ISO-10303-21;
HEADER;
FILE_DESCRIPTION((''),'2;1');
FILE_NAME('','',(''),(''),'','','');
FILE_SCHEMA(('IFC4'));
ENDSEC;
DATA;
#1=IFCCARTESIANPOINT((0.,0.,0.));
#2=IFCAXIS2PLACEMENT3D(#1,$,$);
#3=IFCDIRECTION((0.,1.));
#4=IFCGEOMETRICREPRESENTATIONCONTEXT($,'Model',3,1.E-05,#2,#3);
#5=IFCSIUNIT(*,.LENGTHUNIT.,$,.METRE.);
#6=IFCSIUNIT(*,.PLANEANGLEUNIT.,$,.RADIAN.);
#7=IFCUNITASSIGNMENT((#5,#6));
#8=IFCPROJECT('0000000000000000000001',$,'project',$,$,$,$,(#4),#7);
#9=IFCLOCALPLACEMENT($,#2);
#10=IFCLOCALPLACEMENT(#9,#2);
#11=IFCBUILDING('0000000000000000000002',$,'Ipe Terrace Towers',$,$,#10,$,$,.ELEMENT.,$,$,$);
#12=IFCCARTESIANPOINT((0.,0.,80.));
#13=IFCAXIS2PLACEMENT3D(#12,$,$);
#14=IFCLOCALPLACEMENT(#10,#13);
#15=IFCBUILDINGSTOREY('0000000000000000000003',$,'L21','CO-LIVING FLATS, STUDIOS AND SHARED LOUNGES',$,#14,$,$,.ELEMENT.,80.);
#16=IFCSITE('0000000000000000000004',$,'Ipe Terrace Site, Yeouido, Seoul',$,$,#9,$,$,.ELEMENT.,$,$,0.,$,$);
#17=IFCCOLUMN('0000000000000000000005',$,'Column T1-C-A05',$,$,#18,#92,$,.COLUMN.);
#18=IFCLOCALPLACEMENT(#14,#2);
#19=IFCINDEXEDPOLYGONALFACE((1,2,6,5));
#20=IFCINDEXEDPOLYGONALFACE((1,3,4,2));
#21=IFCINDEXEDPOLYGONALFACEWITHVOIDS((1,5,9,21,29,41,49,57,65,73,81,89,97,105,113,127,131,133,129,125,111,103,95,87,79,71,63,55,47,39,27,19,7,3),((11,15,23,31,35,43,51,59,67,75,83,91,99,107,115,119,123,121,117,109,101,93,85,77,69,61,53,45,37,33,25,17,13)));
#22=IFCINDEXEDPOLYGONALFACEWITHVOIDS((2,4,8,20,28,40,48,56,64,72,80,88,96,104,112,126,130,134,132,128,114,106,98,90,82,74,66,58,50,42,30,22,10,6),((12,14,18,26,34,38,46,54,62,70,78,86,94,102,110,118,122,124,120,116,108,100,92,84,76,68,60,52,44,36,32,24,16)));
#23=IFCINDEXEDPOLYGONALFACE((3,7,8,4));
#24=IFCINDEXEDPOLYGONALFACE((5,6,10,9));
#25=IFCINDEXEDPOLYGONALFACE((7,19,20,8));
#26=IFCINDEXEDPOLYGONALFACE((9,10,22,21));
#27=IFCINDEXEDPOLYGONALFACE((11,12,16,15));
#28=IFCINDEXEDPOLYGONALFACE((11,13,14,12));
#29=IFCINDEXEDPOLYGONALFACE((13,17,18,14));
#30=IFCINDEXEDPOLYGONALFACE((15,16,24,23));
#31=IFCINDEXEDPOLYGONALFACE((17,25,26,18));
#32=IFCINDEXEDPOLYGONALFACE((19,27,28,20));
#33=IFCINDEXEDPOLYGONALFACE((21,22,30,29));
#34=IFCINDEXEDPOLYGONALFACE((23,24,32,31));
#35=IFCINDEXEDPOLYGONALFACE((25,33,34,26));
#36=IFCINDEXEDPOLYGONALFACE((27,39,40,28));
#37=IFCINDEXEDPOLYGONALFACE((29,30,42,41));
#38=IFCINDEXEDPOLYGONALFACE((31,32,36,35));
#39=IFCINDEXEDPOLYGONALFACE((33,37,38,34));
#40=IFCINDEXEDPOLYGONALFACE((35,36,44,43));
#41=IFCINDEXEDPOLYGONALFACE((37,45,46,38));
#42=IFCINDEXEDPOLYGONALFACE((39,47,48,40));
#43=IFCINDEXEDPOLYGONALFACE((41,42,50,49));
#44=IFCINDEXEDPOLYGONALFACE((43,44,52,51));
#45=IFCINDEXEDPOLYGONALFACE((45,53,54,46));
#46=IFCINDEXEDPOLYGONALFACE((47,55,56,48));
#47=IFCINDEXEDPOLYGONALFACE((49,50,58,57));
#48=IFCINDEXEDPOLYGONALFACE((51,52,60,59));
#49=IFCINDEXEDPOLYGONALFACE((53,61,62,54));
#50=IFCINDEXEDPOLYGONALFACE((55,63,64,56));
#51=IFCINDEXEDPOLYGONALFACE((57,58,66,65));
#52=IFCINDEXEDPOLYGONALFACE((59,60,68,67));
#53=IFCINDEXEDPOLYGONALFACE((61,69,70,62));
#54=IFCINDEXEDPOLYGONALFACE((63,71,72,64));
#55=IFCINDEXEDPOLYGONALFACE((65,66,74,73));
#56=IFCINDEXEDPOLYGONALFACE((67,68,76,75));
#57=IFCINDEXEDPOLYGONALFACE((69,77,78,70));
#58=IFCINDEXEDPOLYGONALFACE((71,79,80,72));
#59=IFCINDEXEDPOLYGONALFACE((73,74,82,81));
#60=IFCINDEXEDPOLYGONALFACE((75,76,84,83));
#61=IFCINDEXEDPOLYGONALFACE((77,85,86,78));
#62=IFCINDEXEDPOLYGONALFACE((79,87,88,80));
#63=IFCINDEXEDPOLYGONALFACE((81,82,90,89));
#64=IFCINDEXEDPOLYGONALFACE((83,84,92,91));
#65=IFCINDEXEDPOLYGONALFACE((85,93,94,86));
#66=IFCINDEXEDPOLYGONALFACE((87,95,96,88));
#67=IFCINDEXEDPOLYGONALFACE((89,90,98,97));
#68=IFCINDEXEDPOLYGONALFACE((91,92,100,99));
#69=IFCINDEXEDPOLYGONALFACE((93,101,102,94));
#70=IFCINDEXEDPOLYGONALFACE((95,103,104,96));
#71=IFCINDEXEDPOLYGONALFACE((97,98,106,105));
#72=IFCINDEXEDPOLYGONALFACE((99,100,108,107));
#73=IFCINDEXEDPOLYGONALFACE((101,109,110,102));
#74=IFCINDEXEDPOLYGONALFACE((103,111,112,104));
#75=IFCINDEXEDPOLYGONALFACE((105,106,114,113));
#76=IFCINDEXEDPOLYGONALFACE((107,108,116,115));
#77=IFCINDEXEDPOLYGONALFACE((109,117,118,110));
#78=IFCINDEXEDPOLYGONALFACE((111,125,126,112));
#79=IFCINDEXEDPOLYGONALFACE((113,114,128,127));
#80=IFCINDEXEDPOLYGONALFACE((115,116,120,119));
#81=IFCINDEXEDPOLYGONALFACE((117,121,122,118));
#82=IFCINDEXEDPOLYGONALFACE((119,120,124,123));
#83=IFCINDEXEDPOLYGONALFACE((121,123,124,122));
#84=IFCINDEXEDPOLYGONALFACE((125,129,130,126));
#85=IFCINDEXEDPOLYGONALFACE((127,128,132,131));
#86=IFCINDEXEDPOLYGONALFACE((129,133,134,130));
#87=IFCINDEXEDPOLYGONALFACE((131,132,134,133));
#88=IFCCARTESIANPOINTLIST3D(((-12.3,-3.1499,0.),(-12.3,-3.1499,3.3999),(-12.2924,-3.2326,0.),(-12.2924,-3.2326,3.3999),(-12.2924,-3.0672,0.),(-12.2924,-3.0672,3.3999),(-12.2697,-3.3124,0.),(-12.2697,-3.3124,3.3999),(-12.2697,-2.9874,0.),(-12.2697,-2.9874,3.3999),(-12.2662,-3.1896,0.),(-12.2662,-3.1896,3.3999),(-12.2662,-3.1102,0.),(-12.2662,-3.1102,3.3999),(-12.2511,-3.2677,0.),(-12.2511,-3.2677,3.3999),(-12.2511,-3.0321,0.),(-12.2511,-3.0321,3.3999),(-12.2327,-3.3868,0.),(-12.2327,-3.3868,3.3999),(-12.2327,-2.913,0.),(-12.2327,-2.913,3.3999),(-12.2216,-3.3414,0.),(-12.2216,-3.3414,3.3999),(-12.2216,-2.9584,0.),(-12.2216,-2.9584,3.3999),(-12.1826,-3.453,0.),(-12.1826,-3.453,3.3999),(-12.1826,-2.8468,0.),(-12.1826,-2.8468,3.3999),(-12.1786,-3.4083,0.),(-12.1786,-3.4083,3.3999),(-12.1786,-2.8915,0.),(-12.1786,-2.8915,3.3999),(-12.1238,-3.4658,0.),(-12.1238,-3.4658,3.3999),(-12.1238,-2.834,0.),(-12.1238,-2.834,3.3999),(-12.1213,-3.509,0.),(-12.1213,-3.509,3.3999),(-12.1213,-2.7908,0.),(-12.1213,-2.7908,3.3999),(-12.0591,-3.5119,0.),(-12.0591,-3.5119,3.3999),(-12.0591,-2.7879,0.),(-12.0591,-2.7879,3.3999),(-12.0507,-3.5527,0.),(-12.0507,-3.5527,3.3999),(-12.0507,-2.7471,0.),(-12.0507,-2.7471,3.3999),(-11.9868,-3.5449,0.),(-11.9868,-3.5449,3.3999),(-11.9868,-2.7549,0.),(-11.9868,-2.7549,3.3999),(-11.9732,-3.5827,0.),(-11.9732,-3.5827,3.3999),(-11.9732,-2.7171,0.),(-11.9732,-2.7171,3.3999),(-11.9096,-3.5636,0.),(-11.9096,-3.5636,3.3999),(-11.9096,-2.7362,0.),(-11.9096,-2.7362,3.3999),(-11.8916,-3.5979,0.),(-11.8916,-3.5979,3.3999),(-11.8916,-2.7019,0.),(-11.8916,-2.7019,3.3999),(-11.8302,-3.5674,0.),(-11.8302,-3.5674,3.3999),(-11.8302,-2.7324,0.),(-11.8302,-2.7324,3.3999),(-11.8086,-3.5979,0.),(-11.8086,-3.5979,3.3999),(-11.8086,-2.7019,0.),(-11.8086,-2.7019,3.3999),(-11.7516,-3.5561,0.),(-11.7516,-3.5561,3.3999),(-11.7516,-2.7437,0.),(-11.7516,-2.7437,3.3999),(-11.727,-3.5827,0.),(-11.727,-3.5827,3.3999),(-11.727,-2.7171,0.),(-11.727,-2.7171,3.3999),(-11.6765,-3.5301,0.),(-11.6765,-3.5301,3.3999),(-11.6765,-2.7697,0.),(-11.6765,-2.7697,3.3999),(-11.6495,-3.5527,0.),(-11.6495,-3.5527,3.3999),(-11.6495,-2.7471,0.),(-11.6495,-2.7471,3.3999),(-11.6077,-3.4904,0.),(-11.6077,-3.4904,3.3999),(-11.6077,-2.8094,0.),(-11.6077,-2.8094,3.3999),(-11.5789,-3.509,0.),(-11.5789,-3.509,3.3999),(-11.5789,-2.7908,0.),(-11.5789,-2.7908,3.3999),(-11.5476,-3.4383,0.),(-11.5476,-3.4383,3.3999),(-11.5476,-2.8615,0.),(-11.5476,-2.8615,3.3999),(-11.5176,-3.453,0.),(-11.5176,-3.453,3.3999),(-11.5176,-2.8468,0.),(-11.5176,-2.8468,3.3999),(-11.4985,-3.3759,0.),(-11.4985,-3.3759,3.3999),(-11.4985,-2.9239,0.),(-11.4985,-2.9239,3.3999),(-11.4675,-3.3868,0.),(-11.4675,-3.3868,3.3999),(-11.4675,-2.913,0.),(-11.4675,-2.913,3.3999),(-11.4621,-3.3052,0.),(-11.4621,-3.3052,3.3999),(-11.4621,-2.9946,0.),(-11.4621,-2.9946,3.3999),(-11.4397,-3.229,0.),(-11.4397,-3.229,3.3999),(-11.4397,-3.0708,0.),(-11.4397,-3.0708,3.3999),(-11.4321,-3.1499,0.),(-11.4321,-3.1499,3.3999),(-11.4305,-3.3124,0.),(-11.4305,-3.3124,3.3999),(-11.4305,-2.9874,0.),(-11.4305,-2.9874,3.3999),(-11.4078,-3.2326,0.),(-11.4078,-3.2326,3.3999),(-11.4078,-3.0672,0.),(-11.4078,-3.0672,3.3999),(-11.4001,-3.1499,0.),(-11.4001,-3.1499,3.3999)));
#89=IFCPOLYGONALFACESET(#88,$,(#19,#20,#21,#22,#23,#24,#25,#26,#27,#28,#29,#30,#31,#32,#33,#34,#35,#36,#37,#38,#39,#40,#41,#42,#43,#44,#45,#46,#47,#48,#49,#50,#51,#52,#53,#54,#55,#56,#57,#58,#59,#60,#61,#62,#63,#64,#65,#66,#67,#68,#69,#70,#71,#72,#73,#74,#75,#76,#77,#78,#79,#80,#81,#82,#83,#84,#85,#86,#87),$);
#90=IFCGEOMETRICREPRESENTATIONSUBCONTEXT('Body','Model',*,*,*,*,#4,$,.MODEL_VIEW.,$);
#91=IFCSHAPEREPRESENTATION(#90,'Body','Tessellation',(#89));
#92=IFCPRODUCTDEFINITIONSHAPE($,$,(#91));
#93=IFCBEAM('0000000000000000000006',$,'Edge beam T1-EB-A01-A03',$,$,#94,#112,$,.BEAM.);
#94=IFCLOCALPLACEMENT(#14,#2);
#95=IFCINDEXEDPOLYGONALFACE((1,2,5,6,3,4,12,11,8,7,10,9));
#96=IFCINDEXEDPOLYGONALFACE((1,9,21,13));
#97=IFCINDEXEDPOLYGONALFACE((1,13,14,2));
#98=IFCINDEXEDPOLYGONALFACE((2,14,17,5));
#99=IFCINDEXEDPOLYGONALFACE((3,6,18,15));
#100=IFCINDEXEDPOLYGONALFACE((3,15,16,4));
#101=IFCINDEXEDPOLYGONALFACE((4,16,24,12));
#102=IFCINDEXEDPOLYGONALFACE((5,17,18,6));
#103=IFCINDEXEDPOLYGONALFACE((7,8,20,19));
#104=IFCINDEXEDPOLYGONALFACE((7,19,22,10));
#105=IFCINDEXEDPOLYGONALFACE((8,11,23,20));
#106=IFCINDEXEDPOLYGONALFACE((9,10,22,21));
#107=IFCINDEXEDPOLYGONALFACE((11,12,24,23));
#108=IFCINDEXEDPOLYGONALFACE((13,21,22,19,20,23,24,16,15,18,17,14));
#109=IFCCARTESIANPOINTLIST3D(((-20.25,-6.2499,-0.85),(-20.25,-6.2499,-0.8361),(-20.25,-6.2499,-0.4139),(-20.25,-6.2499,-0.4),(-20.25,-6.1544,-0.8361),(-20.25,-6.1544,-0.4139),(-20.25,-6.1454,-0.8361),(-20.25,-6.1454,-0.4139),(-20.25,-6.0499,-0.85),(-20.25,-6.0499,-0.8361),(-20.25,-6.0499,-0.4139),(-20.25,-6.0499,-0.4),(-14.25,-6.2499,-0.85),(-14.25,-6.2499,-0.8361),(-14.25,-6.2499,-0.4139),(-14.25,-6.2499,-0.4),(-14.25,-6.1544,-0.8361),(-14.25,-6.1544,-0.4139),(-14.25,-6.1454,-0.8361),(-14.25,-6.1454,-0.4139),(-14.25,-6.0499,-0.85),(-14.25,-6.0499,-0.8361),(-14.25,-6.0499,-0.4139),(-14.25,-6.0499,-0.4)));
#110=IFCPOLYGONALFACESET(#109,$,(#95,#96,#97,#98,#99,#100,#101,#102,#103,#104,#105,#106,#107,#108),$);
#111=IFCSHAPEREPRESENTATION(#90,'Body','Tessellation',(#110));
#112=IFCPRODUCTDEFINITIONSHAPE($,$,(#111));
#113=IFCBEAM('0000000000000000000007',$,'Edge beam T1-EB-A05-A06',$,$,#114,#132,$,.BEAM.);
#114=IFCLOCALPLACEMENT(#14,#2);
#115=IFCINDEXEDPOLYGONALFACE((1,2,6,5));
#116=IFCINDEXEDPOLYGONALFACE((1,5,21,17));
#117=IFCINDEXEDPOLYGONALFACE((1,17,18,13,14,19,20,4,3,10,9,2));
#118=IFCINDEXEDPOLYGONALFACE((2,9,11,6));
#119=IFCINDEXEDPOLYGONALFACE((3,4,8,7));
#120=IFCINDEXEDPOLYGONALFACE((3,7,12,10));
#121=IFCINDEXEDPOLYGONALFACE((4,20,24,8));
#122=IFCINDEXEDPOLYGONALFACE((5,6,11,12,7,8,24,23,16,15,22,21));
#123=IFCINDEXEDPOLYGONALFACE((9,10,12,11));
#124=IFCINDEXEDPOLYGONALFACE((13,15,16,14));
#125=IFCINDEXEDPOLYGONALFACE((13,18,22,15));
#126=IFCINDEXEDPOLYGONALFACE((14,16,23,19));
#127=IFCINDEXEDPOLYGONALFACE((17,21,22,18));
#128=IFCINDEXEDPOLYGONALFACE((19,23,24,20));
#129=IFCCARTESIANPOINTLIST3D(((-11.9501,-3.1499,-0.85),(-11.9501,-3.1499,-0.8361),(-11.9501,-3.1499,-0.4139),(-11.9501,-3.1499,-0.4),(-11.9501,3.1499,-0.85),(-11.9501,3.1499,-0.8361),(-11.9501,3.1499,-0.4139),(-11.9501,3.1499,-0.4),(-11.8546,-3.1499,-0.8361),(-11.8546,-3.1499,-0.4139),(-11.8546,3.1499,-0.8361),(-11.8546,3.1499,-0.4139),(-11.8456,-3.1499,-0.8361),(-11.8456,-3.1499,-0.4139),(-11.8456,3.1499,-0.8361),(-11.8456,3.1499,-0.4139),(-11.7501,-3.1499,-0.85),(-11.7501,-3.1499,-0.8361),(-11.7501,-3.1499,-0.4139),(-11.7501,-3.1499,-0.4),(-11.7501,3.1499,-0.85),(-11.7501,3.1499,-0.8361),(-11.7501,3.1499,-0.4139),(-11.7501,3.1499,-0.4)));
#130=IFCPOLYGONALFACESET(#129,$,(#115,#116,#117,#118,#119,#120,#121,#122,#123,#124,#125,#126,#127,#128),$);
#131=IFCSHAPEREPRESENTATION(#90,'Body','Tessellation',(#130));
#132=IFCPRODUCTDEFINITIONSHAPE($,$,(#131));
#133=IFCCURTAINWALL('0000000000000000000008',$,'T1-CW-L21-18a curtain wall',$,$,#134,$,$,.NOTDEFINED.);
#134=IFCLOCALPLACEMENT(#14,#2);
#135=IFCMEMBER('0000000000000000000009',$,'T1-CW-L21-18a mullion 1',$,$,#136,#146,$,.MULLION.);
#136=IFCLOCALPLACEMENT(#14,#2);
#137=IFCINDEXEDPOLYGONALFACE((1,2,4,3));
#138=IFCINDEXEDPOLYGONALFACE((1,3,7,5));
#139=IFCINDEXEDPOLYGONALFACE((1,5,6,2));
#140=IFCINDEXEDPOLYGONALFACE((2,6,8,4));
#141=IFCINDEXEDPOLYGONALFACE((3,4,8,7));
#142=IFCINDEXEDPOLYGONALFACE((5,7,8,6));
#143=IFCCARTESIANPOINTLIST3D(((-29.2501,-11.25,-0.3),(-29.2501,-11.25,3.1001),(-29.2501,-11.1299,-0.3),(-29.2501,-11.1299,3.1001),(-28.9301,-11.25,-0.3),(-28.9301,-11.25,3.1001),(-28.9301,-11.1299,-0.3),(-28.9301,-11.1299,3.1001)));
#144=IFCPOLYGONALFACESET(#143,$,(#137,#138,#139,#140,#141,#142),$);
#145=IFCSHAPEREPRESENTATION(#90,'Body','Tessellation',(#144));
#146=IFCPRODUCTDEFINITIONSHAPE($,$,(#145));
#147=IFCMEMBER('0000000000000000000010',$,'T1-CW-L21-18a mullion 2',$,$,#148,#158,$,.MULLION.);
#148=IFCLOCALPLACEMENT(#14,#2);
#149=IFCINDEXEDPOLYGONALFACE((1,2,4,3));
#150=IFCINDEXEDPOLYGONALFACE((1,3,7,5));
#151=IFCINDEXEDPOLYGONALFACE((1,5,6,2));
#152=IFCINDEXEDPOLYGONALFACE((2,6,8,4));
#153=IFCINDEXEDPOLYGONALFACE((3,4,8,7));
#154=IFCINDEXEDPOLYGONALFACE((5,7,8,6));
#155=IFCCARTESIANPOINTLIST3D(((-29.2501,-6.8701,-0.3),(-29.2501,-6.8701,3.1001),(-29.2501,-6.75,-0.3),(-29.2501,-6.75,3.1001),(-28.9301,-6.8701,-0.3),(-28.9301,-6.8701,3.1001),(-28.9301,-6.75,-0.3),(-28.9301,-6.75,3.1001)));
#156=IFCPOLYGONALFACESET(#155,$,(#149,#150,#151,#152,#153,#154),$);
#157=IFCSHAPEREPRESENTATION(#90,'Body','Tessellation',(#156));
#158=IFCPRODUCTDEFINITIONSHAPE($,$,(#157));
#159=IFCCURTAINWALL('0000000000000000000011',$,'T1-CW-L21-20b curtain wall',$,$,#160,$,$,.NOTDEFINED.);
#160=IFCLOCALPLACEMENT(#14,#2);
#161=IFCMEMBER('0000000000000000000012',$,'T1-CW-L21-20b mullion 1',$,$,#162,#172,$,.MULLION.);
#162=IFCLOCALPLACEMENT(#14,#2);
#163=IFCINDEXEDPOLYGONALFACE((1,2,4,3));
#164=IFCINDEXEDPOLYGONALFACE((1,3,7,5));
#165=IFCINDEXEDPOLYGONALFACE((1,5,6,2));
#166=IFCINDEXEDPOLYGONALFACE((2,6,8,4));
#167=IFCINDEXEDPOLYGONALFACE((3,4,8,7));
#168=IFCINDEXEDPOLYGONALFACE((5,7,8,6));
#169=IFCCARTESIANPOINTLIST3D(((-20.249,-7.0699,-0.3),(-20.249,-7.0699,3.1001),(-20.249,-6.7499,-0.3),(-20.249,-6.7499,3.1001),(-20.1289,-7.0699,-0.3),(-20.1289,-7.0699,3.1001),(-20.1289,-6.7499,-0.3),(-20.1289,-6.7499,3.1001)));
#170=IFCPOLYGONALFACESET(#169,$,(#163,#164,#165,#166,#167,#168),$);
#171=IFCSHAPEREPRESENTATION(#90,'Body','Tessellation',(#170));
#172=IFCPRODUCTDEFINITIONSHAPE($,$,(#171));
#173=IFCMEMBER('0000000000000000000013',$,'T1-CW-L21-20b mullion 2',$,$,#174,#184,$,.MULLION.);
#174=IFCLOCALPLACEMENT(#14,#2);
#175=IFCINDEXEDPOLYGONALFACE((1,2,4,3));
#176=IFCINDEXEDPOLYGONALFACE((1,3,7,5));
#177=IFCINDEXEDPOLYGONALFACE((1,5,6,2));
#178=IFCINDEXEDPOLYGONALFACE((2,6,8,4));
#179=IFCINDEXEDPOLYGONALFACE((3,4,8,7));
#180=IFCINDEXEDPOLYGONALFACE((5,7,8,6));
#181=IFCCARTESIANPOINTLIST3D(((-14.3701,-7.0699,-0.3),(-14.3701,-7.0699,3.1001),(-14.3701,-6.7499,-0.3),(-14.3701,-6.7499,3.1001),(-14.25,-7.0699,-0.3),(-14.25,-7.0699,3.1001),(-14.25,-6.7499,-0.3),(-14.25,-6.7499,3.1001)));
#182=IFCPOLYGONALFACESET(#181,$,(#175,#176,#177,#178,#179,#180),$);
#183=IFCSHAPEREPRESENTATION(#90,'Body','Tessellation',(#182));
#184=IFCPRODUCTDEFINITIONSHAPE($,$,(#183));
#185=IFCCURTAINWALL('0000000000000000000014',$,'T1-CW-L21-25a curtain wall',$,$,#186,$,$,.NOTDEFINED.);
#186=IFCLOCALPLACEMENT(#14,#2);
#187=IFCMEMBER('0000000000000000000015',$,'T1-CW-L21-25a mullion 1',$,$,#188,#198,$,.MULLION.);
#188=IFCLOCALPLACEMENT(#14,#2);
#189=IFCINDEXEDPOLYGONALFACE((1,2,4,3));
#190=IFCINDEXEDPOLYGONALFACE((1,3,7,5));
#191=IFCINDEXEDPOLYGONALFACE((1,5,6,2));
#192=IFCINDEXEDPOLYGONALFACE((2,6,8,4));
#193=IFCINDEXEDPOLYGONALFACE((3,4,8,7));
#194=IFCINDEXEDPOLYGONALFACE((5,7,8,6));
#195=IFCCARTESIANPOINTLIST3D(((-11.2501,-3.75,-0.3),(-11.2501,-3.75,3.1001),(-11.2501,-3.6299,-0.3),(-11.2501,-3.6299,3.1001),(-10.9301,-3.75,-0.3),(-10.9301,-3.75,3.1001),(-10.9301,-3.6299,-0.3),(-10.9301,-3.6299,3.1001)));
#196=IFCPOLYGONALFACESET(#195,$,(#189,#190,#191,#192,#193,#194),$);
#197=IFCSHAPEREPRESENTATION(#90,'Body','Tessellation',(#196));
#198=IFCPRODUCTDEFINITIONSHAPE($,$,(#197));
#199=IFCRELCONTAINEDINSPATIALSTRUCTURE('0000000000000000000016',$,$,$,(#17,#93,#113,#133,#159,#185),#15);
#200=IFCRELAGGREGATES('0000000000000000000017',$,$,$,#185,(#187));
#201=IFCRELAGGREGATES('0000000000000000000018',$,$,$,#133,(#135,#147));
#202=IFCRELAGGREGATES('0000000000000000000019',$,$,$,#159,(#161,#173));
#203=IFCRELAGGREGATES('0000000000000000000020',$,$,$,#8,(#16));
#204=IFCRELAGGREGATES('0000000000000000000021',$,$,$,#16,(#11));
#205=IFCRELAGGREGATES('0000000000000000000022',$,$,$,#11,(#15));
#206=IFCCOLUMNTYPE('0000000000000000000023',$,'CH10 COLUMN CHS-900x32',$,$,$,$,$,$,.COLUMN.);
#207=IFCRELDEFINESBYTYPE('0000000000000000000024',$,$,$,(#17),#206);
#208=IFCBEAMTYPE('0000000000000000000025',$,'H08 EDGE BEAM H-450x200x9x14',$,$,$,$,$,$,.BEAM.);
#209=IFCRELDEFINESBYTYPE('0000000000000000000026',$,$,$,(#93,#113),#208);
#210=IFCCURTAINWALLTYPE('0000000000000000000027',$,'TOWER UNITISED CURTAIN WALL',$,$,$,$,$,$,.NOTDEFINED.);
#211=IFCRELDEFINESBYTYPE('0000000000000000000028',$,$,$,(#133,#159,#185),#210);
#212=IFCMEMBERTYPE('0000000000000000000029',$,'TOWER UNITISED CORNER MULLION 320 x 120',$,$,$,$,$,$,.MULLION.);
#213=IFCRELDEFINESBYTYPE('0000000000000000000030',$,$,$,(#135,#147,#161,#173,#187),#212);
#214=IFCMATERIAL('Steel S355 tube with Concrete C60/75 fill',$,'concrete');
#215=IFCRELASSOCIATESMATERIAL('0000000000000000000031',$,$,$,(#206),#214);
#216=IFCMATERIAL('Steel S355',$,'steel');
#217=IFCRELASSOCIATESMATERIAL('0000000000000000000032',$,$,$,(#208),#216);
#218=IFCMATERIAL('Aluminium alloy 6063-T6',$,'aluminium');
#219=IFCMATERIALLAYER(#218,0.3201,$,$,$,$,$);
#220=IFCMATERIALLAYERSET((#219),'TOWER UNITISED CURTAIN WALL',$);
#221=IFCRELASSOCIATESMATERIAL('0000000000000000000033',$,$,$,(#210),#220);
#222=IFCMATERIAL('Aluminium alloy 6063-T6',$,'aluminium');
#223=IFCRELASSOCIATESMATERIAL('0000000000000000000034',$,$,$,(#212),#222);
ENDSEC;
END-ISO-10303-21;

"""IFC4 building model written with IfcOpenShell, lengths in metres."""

from ifc_helpers import new_model, si_unit, direction, frame, origin, origin_2d, place, context, subcontext, project, spatial, rectangle, hollow_circle, i_section, extrude, material, layer, layer_set, material_profile, profile_set, type_object, element, aggregate, save


model = new_model("IFC4")

# Units and contexts
model_context = context("Model", 3, precision=1e-05, world=origin(), true_north=direction((0.0, 1.0)))
body_context = subcontext(model_context, "Body", "Model", "MODEL_VIEW")
ifc_project = project(units=[si_unit("LENGTHUNIT", "METRE"), si_unit("PLANEANGLEUNIT", "RADIAN")], contexts=[model_context])

# Site, building, storey
site_placement = place(None, origin())
site = spatial("IfcSite", under=ifc_project, at=site_placement, Name="Ipe Terrace Site, Yeouido, Seoul", CompositionType="ELEMENT", RefElevation=0.0)
building_placement = place(site_placement, origin())
building = spatial("IfcBuilding", under=site, at=building_placement, Name="Ipe Terrace Towers", CompositionType="ELEMENT")
storey_placement = place(building_placement, frame((0.0, 0.0, 80.0)))
storey = spatial("IfcBuildingStorey", under=building, at=storey_placement, Name="L21", Description="CO-LIVING FLATS, STUDIOS AND SHARED LOUNGES", CompositionType="ELEMENT", Elevation=80.0)

# Column
ifc_material_1 = material(Name="Steel S355 tube with Concrete C60/75 fill", Category="concrete")
ifc_material_profile_1 = material_profile(ifc_material_1, hollow_circle(Radius=0.45, WallThickness=0.032, at=origin_2d()), Name="CHS-900x32")
ifc_profile_set_1 = profile_set([ifc_material_profile_1], Name="Steel S355 tube with Concrete C60/75 fill")
column_type = type_object("IfcColumnType", Name="CH10 COLUMN CHS-900x32", PredefinedType="COLUMN", material=ifc_profile_set_1)
for number, where, z_axis, x_axis, name in (
    (1, (-11.8501, -3.1499, 0.0), (0.0, 0.0, 1.0), (1.0, 0.0, 0.0), "Column T1-C-A05"),
):
    element("IfcColumn", number, at=place(storey_placement, frame(where, z_axis=z_axis, x_axis=x_axis)), inside=storey, type_object=column_type, Name=name, PredefinedType="COLUMN", context=body_context, shape_type="SweptSolid", body=[
        extrude(hollow_circle(Radius=0.45, WallThickness=0.032, at=origin_2d()), origin(), (0.0, 0.0, 1.0), 3.3999),
    ])

# Beams
ifc_material_2 = material(Name="Steel S355", Category="steel")
ifc_material_profile_2 = material_profile(ifc_material_2, i_section(OverallWidth=0.2, OverallDepth=0.45, WebThickness=0.009, FlangeThickness=0.0139, at=origin_2d()), Name="H-450x200x9x14")
ifc_profile_set_2 = profile_set([ifc_material_profile_2], Name="Steel S355")
beam_type = type_object("IfcBeamType", Name="H08 EDGE BEAM H-450x200x9x14", PredefinedType="BEAM", material=ifc_profile_set_2)
beam_1_placement = place(storey_placement, frame((-20.25, -6.1499, -0.625), z_axis=(1.0, 0.0, 0.0), x_axis=(0.0, 1.0, 0.0)))
element("IfcBeam", 2, at=beam_1_placement, inside=storey, type_object=beam_type, Name="Edge beam T1-EB-A01-A03", PredefinedType="BEAM", context=body_context, shape_type="SweptSolid", body=[
    extrude(i_section(OverallWidth=0.2, OverallDepth=0.45, WebThickness=0.009, FlangeThickness=0.0139, at=origin_2d()), origin(), (0.0, 0.0, 1.0), 6.0),
])
beam_2_placement = place(storey_placement, frame((-11.8501, -3.1499, -0.625), z_axis=(0.0, 1.0, 0.0), x_axis=(-1.0, 0.0, 0.0)))
element("IfcBeam", 3, at=beam_2_placement, inside=storey, type_object=beam_type, Name="Edge beam T1-EB-A05-A06", PredefinedType="BEAM", context=body_context, shape_type="SweptSolid", body=[
    extrude(i_section(OverallWidth=0.2, OverallDepth=0.45, WebThickness=0.009, FlangeThickness=0.0139, at=origin_2d()), origin(), (0.0, 0.0, 1.0), 6.2998),
])

# Curtain walls, members
ifc_material_3 = material(Name="Aluminium alloy 6063-T6", Category="aluminium")
ifc_layer_1 = layer(ifc_material_3, 0.3201)
ifc_layer_set_1 = layer_set([ifc_layer_1], Name="TOWER UNITISED CURTAIN WALL")
curtain_wall_type = type_object("IfcCurtainWallType", Name="TOWER UNITISED CURTAIN WALL", PredefinedType="NOTDEFINED", material=ifc_layer_set_1)
curtain_wall_1_placement = place(storey_placement, origin())
curtain_wall_1 = element("IfcCurtainWall", 4, at=curtain_wall_1_placement, inside=storey, type_object=curtain_wall_type, Name="T1-CW-L21-18a curtain wall", PredefinedType="NOTDEFINED")
ifc_material_4 = material(Name="Aluminium alloy 6063-T6", Category="aluminium")
ifc_material_profile_3 = material_profile(ifc_material_4, rectangle(XDim=0.3201, YDim=0.1201, at=origin_2d()), Name="TOWER UNITISED CORNER MULLION 320 x 120")
ifc_profile_set_3 = profile_set([ifc_material_profile_3], Name="Aluminium alloy 6063-T6")
member_type = type_object("IfcMemberType", Name="TOWER UNITISED CORNER MULLION 320 x 120", PredefinedType="MULLION", material=ifc_profile_set_3)
member_1_placement = place(storey_placement, frame((-29.0901, -11.1899, -0.3), z_axis=(0.0, 0.0, 1.0), x_axis=(1.0, 0.0, 0.0)))
member_1 = element("IfcMember", 5, at=member_1_placement, type_object=member_type, Name="T1-CW-L21-18a mullion 1", PredefinedType="MULLION", context=body_context, shape_type="SweptSolid", body=[
    extrude(rectangle(XDim=0.3201, YDim=0.1201, at=origin_2d()), origin(), (0.0, 0.0, 1.0), 3.4001),
])
member_2_placement = place(storey_placement, frame((-29.0901, -6.8101, -0.3), z_axis=(0.0, 0.0, 1.0), x_axis=(1.0, 0.0, 0.0)))
member_2 = element("IfcMember", 6, at=member_2_placement, type_object=member_type, Name="T1-CW-L21-18a mullion 2", PredefinedType="MULLION", context=body_context, shape_type="SweptSolid", body=[
    extrude(rectangle(XDim=0.3201, YDim=0.1201, at=origin_2d()), origin(), (0.0, 0.0, 1.0), 3.4001),
])
curtain_wall_2_placement = place(storey_placement, origin())
curtain_wall_2 = element("IfcCurtainWall", 7, at=curtain_wall_2_placement, inside=storey, type_object=curtain_wall_type, Name="T1-CW-L21-20b curtain wall", PredefinedType="NOTDEFINED")
member_3_placement = place(storey_placement, frame((-20.189, -6.9099, -0.3), z_axis=(0.0, 0.0, 1.0), x_axis=(0.0, -1.0, 0.0)))
member_3 = element("IfcMember", 8, at=member_3_placement, type_object=member_type, Name="T1-CW-L21-20b mullion 1", PredefinedType="MULLION", context=body_context, shape_type="SweptSolid", body=[
    extrude(rectangle(XDim=0.3201, YDim=0.1201, at=origin_2d()), origin(), (0.0, 0.0, 1.0), 3.4001),
])
member_4_placement = place(storey_placement, frame((-14.3101, -6.9099, -0.3), z_axis=(0.0, 0.0, 1.0), x_axis=(0.0, -1.0, 0.0)))
member_4 = element("IfcMember", 9, at=member_4_placement, type_object=member_type, Name="T1-CW-L21-20b mullion 2", PredefinedType="MULLION", context=body_context, shape_type="SweptSolid", body=[
    extrude(rectangle(XDim=0.3201, YDim=0.1201, at=origin_2d()), origin(), (0.0, 0.0, 1.0), 3.4001),
])

# Curtain wall, member
curtain_wall_3_placement = place(storey_placement, origin())
curtain_wall_3 = element("IfcCurtainWall", 10, at=curtain_wall_3_placement, inside=storey, type_object=curtain_wall_type, Name="T1-CW-L21-25a curtain wall", PredefinedType="NOTDEFINED")
member_5_placement = place(storey_placement, frame((-11.0901, -3.6899, -0.3), z_axis=(0.0, 0.0, 1.0), x_axis=(1.0, 0.0, 0.0)))
member_5 = element("IfcMember", 11, at=member_5_placement, type_object=member_type, Name="T1-CW-L21-25a mullion 1", PredefinedType="MULLION", context=body_context, shape_type="SweptSolid", body=[
    extrude(rectangle(XDim=0.3201, YDim=0.1201, at=origin_2d()), origin(), (0.0, 0.0, 1.0), 3.4001),
])
aggregate(curtain_wall_3, [member_5])

aggregate(curtain_wall_1, [member_1, member_2])
aggregate(curtain_wall_2, [member_3, member_4])

save(model, "model.ifc")
